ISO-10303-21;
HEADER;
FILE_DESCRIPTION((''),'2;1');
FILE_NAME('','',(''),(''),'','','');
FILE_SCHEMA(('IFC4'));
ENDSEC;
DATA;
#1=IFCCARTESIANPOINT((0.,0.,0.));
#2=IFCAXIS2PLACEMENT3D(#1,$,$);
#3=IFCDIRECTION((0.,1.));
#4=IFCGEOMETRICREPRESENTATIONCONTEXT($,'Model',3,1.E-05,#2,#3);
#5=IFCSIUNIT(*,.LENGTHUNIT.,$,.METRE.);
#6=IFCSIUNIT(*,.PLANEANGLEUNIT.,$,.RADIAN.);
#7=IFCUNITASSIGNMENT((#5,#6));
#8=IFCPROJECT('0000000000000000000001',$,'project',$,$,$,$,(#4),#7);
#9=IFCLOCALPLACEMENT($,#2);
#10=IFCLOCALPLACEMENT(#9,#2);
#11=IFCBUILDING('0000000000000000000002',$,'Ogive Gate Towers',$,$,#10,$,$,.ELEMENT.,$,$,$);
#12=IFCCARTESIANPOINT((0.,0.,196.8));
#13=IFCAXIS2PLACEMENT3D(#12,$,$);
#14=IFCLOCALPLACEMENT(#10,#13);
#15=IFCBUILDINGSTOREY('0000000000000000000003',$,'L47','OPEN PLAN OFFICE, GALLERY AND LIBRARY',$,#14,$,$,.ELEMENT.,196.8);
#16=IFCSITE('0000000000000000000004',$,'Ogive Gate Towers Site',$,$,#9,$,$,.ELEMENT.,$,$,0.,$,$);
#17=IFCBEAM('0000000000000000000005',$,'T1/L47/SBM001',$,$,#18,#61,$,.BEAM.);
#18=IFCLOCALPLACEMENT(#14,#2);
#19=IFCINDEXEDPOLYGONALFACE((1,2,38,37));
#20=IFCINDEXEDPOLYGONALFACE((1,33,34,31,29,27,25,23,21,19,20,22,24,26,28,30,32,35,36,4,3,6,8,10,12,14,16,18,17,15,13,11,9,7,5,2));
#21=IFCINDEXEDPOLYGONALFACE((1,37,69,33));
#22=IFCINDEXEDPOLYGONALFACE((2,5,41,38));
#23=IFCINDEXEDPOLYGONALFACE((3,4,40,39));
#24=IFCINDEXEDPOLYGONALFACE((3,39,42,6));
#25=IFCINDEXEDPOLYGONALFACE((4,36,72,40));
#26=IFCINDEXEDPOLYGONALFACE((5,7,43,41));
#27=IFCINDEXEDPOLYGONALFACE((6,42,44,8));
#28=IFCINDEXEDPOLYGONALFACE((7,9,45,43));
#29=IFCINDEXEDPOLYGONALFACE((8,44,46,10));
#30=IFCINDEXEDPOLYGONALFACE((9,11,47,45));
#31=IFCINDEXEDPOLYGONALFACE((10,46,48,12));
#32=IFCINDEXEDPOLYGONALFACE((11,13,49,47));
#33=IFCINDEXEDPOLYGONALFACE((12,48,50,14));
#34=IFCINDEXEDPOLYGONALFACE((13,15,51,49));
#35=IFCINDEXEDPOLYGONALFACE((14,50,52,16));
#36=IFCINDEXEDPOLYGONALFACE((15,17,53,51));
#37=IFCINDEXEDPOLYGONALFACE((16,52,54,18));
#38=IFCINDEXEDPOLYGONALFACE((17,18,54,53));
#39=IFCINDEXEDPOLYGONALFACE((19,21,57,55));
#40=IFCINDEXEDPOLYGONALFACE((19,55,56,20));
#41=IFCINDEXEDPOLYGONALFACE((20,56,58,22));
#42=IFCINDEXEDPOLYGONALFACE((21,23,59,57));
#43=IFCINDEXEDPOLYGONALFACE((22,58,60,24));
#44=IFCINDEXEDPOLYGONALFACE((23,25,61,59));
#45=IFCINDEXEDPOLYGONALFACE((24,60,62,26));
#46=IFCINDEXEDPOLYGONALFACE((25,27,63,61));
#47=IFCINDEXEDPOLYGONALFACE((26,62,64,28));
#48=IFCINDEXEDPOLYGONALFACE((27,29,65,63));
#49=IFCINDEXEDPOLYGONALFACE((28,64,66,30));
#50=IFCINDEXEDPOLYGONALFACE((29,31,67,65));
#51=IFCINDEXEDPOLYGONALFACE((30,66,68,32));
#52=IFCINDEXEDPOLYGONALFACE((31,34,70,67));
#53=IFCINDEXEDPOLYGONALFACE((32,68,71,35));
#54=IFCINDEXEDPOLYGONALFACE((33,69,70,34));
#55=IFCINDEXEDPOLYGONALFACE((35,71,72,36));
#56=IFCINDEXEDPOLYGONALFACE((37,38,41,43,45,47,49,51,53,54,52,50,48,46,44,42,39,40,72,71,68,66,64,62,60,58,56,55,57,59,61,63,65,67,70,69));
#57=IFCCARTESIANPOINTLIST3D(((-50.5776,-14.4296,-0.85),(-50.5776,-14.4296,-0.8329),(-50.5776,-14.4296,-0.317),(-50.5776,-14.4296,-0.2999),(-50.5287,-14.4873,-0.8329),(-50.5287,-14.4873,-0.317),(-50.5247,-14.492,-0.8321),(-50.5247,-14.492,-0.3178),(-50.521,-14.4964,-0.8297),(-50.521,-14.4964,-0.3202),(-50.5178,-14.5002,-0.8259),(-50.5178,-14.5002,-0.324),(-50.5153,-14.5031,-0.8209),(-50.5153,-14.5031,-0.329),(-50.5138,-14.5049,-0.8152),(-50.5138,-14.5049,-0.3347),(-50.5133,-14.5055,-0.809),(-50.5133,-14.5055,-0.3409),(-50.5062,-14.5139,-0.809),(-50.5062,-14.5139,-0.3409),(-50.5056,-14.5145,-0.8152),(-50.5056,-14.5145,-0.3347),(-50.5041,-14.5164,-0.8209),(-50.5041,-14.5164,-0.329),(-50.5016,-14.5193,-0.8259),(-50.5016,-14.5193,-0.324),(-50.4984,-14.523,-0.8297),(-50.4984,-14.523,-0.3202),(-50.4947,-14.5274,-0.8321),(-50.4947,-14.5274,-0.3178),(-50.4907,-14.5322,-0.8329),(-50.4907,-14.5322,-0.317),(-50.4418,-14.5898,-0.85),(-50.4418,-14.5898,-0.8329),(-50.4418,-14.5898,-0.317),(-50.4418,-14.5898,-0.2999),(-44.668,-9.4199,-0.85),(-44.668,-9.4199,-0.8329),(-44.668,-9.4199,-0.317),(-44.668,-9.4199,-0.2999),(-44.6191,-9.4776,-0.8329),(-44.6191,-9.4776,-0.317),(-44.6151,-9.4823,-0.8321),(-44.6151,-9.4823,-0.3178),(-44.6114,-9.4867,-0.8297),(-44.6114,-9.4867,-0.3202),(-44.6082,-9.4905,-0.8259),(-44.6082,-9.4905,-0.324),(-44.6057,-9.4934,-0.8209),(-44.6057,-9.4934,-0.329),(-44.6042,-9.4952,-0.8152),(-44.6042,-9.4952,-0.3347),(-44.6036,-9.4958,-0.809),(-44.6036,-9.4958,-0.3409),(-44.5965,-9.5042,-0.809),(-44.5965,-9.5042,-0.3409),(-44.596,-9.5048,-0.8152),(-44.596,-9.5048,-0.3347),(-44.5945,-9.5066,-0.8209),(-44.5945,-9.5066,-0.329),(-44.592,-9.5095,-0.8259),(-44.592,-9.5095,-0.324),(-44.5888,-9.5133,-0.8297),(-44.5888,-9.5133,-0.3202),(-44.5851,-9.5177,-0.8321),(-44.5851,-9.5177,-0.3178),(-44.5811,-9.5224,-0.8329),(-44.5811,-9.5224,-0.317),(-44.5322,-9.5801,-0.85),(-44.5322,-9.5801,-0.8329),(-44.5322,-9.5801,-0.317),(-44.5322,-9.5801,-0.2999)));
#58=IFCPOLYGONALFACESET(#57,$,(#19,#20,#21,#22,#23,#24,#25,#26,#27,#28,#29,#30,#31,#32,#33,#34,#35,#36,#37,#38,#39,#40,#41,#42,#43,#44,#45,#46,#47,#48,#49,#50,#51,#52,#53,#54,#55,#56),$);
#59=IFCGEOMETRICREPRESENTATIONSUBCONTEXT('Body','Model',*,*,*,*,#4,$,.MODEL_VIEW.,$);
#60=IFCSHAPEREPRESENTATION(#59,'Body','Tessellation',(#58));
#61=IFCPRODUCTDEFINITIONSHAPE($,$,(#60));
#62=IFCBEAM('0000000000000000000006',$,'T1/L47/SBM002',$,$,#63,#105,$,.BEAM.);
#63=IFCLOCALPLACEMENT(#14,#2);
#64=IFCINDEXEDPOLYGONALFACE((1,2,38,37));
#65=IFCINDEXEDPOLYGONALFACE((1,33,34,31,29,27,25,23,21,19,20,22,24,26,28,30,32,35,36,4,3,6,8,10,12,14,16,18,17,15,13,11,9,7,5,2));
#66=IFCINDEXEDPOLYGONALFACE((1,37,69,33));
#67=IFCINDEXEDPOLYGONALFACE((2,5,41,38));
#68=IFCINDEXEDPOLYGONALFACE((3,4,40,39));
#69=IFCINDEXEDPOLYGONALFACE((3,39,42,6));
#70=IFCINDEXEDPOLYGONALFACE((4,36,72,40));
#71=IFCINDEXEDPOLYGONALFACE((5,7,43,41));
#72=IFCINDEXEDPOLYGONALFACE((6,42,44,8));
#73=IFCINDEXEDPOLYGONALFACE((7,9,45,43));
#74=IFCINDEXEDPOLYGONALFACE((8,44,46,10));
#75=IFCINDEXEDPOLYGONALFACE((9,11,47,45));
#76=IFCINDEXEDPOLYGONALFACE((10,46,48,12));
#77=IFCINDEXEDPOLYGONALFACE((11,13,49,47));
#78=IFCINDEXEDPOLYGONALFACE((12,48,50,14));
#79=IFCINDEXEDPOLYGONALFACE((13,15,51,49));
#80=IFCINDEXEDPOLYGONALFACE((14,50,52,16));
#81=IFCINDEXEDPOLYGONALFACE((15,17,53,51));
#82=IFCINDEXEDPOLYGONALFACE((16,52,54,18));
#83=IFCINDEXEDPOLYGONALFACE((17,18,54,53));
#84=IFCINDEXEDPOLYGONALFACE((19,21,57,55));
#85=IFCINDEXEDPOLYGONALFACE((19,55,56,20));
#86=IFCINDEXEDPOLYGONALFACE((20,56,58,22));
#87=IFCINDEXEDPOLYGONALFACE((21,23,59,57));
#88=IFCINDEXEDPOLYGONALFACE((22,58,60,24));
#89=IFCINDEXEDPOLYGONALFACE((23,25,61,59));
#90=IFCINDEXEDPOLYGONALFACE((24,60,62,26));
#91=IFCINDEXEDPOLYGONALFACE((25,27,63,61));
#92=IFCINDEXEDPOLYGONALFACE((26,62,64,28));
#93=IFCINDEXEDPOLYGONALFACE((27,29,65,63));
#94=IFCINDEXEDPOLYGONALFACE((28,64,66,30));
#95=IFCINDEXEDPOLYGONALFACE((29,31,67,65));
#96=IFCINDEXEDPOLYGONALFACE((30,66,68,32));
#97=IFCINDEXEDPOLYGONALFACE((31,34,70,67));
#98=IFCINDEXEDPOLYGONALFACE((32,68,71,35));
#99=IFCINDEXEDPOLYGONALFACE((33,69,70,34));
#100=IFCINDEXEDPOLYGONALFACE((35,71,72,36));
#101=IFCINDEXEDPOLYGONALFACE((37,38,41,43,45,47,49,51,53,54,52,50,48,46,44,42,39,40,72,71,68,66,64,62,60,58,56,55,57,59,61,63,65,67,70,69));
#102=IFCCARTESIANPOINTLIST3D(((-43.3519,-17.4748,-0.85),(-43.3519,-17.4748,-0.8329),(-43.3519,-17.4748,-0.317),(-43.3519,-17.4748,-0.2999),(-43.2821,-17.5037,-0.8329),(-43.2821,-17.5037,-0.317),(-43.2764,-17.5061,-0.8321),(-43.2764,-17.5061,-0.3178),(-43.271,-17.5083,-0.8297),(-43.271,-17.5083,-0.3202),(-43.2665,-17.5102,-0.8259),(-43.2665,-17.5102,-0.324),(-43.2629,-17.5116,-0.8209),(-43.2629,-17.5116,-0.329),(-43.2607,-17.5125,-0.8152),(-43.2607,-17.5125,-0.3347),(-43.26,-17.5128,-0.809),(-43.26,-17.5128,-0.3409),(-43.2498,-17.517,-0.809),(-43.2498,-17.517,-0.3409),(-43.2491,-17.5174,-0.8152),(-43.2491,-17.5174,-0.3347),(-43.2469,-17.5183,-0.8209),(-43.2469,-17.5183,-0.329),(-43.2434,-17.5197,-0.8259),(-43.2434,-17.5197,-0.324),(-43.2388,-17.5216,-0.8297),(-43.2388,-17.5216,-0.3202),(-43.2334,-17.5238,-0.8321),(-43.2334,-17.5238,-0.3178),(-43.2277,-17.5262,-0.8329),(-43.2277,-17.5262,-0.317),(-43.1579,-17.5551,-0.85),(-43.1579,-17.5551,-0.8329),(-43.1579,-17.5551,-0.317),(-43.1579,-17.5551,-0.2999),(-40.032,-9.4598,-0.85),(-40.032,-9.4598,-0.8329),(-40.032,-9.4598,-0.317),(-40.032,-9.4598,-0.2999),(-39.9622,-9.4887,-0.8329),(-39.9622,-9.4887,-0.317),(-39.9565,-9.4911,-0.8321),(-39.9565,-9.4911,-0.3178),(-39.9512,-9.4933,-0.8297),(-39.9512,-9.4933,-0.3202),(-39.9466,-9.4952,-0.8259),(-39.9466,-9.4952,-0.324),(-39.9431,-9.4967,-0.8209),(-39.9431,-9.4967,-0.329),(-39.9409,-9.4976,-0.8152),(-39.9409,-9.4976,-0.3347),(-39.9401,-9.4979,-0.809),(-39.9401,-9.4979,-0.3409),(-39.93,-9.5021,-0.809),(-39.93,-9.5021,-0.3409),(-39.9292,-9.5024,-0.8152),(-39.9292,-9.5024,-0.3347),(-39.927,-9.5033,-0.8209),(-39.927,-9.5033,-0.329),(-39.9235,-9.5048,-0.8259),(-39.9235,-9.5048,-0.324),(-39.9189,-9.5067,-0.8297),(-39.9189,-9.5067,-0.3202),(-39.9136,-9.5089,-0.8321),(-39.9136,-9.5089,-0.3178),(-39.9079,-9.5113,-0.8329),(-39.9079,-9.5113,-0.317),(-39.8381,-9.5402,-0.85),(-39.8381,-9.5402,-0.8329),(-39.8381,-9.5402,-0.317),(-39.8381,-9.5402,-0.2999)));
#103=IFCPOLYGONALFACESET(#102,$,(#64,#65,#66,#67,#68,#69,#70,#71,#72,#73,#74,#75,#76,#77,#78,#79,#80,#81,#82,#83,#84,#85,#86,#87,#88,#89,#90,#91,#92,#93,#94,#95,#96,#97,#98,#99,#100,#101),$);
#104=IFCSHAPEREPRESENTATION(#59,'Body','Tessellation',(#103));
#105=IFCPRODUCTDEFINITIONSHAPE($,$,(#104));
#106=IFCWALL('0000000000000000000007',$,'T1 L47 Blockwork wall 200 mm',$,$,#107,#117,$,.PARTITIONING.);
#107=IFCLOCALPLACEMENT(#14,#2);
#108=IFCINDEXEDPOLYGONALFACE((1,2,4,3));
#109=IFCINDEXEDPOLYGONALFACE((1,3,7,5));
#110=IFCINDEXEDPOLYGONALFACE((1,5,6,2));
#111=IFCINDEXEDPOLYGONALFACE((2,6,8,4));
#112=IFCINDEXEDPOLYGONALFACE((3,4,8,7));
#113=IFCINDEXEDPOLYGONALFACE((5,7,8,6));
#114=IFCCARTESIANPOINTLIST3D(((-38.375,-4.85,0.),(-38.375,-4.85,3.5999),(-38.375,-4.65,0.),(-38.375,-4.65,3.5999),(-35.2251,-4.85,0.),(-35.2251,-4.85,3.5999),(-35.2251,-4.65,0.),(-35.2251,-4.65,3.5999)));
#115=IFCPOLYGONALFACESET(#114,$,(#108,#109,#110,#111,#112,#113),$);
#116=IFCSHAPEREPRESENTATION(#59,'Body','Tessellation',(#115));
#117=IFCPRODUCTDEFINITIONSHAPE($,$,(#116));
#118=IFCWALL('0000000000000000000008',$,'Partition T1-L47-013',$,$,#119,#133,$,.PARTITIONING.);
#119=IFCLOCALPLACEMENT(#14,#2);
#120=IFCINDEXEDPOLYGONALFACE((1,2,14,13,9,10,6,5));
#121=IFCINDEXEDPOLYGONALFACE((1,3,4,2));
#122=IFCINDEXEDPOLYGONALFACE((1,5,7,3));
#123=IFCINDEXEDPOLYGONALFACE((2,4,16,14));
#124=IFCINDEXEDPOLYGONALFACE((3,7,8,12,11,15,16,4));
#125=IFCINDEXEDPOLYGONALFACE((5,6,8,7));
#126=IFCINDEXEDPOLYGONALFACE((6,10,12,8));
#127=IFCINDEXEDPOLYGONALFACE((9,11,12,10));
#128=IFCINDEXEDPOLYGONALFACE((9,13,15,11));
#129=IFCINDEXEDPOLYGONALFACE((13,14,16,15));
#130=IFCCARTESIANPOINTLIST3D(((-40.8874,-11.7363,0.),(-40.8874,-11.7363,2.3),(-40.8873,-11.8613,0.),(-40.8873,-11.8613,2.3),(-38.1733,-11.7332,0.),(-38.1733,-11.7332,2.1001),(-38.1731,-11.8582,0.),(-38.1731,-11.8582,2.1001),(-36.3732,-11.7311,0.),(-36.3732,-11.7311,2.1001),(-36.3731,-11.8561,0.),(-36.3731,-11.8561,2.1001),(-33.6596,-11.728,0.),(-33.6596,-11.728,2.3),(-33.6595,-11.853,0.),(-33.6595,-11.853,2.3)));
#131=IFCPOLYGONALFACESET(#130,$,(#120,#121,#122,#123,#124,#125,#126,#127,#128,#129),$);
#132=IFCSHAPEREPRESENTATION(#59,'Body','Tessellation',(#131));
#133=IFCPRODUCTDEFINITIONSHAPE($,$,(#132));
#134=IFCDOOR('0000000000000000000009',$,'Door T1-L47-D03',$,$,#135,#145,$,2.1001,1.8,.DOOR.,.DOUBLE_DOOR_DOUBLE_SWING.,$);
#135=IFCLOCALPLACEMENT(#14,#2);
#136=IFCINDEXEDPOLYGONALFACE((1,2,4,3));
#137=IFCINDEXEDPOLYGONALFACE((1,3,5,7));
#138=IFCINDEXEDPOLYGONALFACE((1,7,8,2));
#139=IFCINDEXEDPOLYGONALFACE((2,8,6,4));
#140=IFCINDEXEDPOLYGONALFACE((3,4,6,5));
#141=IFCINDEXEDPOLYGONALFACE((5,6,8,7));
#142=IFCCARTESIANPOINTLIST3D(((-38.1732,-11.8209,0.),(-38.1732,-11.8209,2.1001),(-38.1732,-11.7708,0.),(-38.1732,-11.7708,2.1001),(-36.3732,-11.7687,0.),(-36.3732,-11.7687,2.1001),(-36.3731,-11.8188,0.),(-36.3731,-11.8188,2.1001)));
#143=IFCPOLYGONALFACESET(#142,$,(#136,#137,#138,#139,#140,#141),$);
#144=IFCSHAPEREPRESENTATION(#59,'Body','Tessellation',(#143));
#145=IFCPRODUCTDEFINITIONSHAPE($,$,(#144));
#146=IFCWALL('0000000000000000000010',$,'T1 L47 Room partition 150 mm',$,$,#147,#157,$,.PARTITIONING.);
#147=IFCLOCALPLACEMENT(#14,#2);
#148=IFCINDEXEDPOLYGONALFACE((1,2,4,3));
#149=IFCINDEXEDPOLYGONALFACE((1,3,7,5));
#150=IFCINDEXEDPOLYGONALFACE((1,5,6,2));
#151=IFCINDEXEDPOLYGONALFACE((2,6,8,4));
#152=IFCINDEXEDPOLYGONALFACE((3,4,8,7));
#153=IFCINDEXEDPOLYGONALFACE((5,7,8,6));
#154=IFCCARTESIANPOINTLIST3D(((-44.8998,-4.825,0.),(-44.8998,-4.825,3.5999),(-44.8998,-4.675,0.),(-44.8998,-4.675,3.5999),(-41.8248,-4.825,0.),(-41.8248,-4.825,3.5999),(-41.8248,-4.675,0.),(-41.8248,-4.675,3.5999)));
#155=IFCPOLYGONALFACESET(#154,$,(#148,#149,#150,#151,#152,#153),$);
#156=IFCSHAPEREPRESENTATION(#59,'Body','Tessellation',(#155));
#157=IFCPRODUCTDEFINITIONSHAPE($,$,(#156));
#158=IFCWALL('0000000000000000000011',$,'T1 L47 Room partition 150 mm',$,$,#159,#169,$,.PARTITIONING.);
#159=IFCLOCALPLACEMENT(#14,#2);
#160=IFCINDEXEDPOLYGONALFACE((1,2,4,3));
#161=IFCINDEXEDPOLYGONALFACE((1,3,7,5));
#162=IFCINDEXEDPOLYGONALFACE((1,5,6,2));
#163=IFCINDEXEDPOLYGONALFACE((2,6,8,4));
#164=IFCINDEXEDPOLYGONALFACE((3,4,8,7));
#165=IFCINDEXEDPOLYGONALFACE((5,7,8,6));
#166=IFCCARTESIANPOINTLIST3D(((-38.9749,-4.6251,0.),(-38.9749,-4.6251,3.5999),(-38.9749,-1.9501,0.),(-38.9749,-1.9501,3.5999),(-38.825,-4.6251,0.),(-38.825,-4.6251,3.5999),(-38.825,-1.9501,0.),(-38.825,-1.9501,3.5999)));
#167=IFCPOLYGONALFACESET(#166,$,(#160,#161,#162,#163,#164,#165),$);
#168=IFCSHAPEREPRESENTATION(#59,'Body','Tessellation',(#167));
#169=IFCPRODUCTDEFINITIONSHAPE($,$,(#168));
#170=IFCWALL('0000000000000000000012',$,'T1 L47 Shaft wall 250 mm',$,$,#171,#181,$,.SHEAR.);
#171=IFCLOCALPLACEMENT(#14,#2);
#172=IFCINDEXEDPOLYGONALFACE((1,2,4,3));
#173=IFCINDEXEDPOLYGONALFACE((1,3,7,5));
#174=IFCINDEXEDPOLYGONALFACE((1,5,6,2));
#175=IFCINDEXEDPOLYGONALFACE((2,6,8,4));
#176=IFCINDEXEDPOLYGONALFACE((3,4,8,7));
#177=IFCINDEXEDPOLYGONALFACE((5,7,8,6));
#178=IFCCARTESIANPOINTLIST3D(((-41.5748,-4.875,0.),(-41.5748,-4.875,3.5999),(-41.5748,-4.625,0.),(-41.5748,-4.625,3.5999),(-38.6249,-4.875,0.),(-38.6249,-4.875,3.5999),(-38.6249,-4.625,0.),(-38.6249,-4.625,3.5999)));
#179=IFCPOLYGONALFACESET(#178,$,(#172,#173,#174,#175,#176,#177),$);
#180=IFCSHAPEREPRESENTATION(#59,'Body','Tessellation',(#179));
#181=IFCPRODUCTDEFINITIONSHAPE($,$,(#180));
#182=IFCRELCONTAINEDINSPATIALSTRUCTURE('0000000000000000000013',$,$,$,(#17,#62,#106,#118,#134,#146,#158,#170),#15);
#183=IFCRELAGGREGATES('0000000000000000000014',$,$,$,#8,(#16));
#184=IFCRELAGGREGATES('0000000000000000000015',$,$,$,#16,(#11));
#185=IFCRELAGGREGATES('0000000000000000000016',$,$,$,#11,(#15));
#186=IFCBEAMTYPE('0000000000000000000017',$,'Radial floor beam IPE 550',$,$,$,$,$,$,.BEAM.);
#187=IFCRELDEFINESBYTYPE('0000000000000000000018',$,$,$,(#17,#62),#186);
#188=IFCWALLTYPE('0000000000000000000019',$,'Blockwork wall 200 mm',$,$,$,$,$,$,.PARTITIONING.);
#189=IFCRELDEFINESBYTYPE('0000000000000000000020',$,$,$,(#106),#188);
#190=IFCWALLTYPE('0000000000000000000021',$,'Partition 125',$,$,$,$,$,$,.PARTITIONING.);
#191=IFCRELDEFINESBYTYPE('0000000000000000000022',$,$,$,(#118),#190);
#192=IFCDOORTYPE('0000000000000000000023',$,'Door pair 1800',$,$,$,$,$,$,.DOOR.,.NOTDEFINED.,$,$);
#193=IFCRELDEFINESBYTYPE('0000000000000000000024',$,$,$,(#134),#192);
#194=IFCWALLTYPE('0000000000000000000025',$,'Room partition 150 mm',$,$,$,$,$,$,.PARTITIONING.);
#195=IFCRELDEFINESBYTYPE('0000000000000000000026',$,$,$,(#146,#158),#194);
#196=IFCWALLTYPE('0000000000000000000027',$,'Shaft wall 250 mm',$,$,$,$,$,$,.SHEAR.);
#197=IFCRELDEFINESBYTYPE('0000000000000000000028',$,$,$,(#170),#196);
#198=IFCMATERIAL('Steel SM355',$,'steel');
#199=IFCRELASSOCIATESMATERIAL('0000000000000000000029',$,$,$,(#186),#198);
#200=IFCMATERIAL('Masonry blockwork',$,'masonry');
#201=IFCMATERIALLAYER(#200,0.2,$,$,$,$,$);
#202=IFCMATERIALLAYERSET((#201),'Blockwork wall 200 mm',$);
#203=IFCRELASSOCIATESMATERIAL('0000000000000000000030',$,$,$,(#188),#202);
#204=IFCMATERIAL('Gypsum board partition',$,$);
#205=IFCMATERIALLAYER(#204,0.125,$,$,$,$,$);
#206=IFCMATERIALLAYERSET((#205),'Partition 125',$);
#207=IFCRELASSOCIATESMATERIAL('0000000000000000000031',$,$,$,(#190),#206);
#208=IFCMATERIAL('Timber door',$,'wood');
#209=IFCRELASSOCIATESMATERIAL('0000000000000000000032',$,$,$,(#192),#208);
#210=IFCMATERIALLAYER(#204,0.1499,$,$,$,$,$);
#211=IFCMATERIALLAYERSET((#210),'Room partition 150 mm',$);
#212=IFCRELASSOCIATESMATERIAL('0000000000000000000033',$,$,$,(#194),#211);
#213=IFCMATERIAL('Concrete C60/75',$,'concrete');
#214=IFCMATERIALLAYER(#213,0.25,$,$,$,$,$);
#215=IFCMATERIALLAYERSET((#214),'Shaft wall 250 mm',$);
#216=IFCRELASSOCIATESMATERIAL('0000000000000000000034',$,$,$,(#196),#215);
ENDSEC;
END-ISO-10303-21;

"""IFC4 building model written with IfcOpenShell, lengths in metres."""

from ifc_helpers import new_model, si_unit, direction, frame, frame_2d, origin, origin_2d, place, context, subcontext, project, spatial, rectangle, i_section, extrude, material, layer, layer_set, material_profile, profile_set, type_object, element, fill, save


model = new_model("IFC4")

# Units and contexts
model_context = context("Model", 3, precision=1e-05, world=origin(), true_north=direction((0.0, 1.0)))
body_context = subcontext(model_context, "Body", "Model", "MODEL_VIEW")
ifc_project = project(units=[si_unit("LENGTHUNIT", "METRE"), si_unit("PLANEANGLEUNIT", "RADIAN")], contexts=[model_context])

# Site, building, storey
site_placement = place(None, origin())
site = spatial("IfcSite", under=ifc_project, at=site_placement, Name="Ogive Gate Towers Site", CompositionType="ELEMENT", RefElevation=0.0)
building_placement = place(site_placement, origin())
building = spatial("IfcBuilding", under=site, at=building_placement, Name="Ogive Gate Towers", CompositionType="ELEMENT")
storey_placement = place(building_placement, frame((0.0, 0.0, 196.8)))
storey = spatial("IfcBuildingStorey", under=building, at=storey_placement, Name="L47", Description="OPEN PLAN OFFICE, GALLERY AND LIBRARY", CompositionType="ELEMENT", Elevation=196.8)

# Beams
ifc_material_1 = material(Name="Steel SM355", Category="steel")
ifc_material_profile = material_profile(ifc_material_1, i_section(OverallWidth=0.21, OverallDepth=0.55, WebThickness=0.011, FlangeThickness=0.0171, FilletRadius=0.0239, at=origin_2d()), Name="IPE 550")
ifc_profile_set = profile_set([ifc_material_profile], Name="Steel SM355")
beam_type = type_object("IfcBeamType", Name="Radial floor beam IPE 550", PredefinedType="BEAM", material=ifc_profile_set)
beam_1_placement = place(storey_placement, frame((-44.6001, -9.5, -0.575), z_axis=(-0.762795, -0.64664, 0.0), x_axis=(0.64664, -0.762795, 0.0)))
element("IfcBeam", 1, at=beam_1_placement, inside=storey, type_object=beam_type, Name="T1/L47/SBM001", PredefinedType="BEAM", context=body_context, shape_type="SweptSolid", body=[
    extrude(i_section(OverallWidth=0.21, OverallDepth=0.55, WebThickness=0.011, FlangeThickness=0.0171, FilletRadius=0.0239, at=origin_2d()), origin(), (0.0, 0.0, 1.0), 7.7473),
])
beam_2_placement = place(storey_placement, frame((-39.9351, -9.5, -0.575), z_axis=(-0.382678, -0.923882, 0.0), x_axis=(0.923882, -0.382678, 0.0)))
element("IfcBeam", 2, at=beam_2_placement, inside=storey, type_object=beam_type, Name="T1/L47/SBM002", PredefinedType="BEAM", context=body_context, shape_type="SweptSolid", body=[
    extrude(i_section(OverallWidth=0.21, OverallDepth=0.55, WebThickness=0.011, FlangeThickness=0.0171, FilletRadius=0.0239, at=origin_2d()), origin(), (0.0, 0.0, 1.0), 8.6753),
])

# Wall
ifc_material_2 = material(Name="Masonry blockwork", Category="masonry")
ifc_layer_1 = layer(ifc_material_2, 0.2)
ifc_layer_set_1 = layer_set([ifc_layer_1], Name="Blockwork wall 200 mm")
wall_type_1 = type_object("IfcWallType", Name="Blockwork wall 200 mm", PredefinedType="PARTITIONING", material=ifc_layer_set_1)
wall_1_placement = place(storey_placement, frame((-38.375, -4.75, 0.0), z_axis=(0.0, 0.0, 1.0), x_axis=(1.0, 0.0, 0.0)))
element("IfcWall", 3, at=wall_1_placement, inside=storey, type_object=wall_type_1, Name="T1 L47 Blockwork wall 200 mm", PredefinedType="PARTITIONING", context=body_context, shape_type="SweptSolid", body=[
    extrude(rectangle(XDim=3.1499, YDim=0.2, at=frame_2d((1.575, 0.0))), origin(), (0.0, 0.0, 1.0), 3.5999),
])

# Wall, opening, door
ifc_material_3 = material(Name="Gypsum board partition")
ifc_layer_2 = layer(ifc_material_3, 0.125)
ifc_layer_set_2 = layer_set([ifc_layer_2], Name="Partition 125")
wall_type_2 = type_object("IfcWallType", Name="Partition 125", PredefinedType="PARTITIONING", material=ifc_layer_set_2)
wall_2_placement = place(storey_placement, frame((-40.8872, -11.7988, 0.0), z_axis=(0.0, 0.0, 1.0), x_axis=(0.999999, 0.001148, 0.0)))
wall_2 = element("IfcWall", 4, at=wall_2_placement, inside=storey, type_object=wall_type_2, Name="Partition T1-L47-013", PredefinedType="PARTITIONING", context=body_context, shape_type="SweptSolid", body=[
    extrude(rectangle(XDim=7.2278, YDim=0.125, at=frame_2d((3.6138, 0.0))), origin(), (0.0, 0.0, 1.0), 2.3),
])
opening_1_placement = place(wall_2_placement, frame((2.7141, 0.0, 0.0)))
opening_1 = element("IfcOpeningElement", 5, at=opening_1_placement, cuts=wall_2, PredefinedType="OPENING", context=body_context, shape_type="SweptSolid", body=[
    extrude(rectangle(XDim=1.8, YDim=2.1001, at=frame_2d((0.8999, 1.05))), frame((0.0, 0.0725, 0.0), z_axis=(0.0, -1.0, 0.0), x_axis=(1.0, 0.0, 0.0)), (0.0, 0.0, 1.0), 0.145),
])
ifc_material_4 = material(Name="Timber door", Category="wood")
door_type_1 = type_object("IfcDoorType", Name="Door pair 1800", OperationType="NOTDEFINED", PredefinedType="DOOR", material=ifc_material_4)
door_1_placement = place(opening_1_placement, origin())
door_1 = element("IfcDoor", 6, at=door_1_placement, inside=storey, type_object=door_type_1, Name="Door T1-L47-D03", OperationType="DOUBLE_DOOR_DOUBLE_SWING", OverallHeight=2.1001, OverallWidth=1.8, PredefinedType="DOOR", context=body_context, shape_type="SweptSolid", body=[
    extrude(rectangle(XDim=1.8, YDim=2.1001, at=frame_2d((0.8999, 1.05))), frame((0.0, 0.0249, 0.0), z_axis=(0.0, -1.0, 0.0), x_axis=(1.0, 0.0, 0.0)), (0.0, 0.0, 1.0), 0.05),
])
fill(opening_1, door_1)

# Walls
ifc_layer_3 = layer(ifc_material_3, 0.1499)
ifc_layer_set_3 = layer_set([ifc_layer_3], Name="Room partition 150 mm")
wall_type_3 = type_object("IfcWallType", Name="Room partition 150 mm", PredefinedType="PARTITIONING", material=ifc_layer_set_3)
wall_3_placement = place(storey_placement, frame((-44.8999, -4.75, 0.0), z_axis=(0.0, 0.0, 1.0), x_axis=(1.0, 0.0, 0.0)))
element("IfcWall", 7, at=wall_3_placement, inside=storey, type_object=wall_type_3, Name="T1 L47 Room partition 150 mm", PredefinedType="PARTITIONING", context=body_context, shape_type="SweptSolid", body=[
    extrude(rectangle(XDim=3.075, YDim=0.1499, at=frame_2d((1.5376, 0.0))), origin(), (0.0, 0.0, 1.0), 3.5999),
])
wall_4_placement = place(storey_placement, frame((-38.8999, -4.625, 0.0), z_axis=(0.0, 0.0, 1.0), x_axis=(0.0, 1.0, 0.0)))
element("IfcWall", 8, at=wall_4_placement, inside=storey, type_object=wall_type_3, Name="T1 L47 Room partition 150 mm", PredefinedType="PARTITIONING", context=body_context, shape_type="SweptSolid", body=[
    extrude(rectangle(XDim=2.675, YDim=0.1499, at=frame_2d((1.3374, 0.0))), origin(), (0.0, 0.0, 1.0), 3.5999),
])
ifc_material_5 = material(Name="Concrete C60/75", Category="concrete")
ifc_layer_4 = layer(ifc_material_5, 0.25)
ifc_layer_set_4 = layer_set([ifc_layer_4], Name="Shaft wall 250 mm")
wall_type_4 = type_object("IfcWallType", Name="Shaft wall 250 mm", PredefinedType="SHEAR", material=ifc_layer_set_4)
wall_5_placement = place(storey_placement, frame((-41.575, -4.75, 0.0), z_axis=(0.0, 0.0, 1.0), x_axis=(1.0, 0.0, 0.0)))
element("IfcWall", 9, at=wall_5_placement, inside=storey, type_object=wall_type_4, Name="T1 L47 Shaft wall 250 mm", PredefinedType="SHEAR", context=body_context, shape_type="SweptSolid", body=[
    extrude(rectangle(XDim=2.95, YDim=0.25, at=frame_2d((1.4751, 0.0))), origin(), (0.0, 0.0, 1.0), 3.5999),
])

save(model, "model.ifc")
